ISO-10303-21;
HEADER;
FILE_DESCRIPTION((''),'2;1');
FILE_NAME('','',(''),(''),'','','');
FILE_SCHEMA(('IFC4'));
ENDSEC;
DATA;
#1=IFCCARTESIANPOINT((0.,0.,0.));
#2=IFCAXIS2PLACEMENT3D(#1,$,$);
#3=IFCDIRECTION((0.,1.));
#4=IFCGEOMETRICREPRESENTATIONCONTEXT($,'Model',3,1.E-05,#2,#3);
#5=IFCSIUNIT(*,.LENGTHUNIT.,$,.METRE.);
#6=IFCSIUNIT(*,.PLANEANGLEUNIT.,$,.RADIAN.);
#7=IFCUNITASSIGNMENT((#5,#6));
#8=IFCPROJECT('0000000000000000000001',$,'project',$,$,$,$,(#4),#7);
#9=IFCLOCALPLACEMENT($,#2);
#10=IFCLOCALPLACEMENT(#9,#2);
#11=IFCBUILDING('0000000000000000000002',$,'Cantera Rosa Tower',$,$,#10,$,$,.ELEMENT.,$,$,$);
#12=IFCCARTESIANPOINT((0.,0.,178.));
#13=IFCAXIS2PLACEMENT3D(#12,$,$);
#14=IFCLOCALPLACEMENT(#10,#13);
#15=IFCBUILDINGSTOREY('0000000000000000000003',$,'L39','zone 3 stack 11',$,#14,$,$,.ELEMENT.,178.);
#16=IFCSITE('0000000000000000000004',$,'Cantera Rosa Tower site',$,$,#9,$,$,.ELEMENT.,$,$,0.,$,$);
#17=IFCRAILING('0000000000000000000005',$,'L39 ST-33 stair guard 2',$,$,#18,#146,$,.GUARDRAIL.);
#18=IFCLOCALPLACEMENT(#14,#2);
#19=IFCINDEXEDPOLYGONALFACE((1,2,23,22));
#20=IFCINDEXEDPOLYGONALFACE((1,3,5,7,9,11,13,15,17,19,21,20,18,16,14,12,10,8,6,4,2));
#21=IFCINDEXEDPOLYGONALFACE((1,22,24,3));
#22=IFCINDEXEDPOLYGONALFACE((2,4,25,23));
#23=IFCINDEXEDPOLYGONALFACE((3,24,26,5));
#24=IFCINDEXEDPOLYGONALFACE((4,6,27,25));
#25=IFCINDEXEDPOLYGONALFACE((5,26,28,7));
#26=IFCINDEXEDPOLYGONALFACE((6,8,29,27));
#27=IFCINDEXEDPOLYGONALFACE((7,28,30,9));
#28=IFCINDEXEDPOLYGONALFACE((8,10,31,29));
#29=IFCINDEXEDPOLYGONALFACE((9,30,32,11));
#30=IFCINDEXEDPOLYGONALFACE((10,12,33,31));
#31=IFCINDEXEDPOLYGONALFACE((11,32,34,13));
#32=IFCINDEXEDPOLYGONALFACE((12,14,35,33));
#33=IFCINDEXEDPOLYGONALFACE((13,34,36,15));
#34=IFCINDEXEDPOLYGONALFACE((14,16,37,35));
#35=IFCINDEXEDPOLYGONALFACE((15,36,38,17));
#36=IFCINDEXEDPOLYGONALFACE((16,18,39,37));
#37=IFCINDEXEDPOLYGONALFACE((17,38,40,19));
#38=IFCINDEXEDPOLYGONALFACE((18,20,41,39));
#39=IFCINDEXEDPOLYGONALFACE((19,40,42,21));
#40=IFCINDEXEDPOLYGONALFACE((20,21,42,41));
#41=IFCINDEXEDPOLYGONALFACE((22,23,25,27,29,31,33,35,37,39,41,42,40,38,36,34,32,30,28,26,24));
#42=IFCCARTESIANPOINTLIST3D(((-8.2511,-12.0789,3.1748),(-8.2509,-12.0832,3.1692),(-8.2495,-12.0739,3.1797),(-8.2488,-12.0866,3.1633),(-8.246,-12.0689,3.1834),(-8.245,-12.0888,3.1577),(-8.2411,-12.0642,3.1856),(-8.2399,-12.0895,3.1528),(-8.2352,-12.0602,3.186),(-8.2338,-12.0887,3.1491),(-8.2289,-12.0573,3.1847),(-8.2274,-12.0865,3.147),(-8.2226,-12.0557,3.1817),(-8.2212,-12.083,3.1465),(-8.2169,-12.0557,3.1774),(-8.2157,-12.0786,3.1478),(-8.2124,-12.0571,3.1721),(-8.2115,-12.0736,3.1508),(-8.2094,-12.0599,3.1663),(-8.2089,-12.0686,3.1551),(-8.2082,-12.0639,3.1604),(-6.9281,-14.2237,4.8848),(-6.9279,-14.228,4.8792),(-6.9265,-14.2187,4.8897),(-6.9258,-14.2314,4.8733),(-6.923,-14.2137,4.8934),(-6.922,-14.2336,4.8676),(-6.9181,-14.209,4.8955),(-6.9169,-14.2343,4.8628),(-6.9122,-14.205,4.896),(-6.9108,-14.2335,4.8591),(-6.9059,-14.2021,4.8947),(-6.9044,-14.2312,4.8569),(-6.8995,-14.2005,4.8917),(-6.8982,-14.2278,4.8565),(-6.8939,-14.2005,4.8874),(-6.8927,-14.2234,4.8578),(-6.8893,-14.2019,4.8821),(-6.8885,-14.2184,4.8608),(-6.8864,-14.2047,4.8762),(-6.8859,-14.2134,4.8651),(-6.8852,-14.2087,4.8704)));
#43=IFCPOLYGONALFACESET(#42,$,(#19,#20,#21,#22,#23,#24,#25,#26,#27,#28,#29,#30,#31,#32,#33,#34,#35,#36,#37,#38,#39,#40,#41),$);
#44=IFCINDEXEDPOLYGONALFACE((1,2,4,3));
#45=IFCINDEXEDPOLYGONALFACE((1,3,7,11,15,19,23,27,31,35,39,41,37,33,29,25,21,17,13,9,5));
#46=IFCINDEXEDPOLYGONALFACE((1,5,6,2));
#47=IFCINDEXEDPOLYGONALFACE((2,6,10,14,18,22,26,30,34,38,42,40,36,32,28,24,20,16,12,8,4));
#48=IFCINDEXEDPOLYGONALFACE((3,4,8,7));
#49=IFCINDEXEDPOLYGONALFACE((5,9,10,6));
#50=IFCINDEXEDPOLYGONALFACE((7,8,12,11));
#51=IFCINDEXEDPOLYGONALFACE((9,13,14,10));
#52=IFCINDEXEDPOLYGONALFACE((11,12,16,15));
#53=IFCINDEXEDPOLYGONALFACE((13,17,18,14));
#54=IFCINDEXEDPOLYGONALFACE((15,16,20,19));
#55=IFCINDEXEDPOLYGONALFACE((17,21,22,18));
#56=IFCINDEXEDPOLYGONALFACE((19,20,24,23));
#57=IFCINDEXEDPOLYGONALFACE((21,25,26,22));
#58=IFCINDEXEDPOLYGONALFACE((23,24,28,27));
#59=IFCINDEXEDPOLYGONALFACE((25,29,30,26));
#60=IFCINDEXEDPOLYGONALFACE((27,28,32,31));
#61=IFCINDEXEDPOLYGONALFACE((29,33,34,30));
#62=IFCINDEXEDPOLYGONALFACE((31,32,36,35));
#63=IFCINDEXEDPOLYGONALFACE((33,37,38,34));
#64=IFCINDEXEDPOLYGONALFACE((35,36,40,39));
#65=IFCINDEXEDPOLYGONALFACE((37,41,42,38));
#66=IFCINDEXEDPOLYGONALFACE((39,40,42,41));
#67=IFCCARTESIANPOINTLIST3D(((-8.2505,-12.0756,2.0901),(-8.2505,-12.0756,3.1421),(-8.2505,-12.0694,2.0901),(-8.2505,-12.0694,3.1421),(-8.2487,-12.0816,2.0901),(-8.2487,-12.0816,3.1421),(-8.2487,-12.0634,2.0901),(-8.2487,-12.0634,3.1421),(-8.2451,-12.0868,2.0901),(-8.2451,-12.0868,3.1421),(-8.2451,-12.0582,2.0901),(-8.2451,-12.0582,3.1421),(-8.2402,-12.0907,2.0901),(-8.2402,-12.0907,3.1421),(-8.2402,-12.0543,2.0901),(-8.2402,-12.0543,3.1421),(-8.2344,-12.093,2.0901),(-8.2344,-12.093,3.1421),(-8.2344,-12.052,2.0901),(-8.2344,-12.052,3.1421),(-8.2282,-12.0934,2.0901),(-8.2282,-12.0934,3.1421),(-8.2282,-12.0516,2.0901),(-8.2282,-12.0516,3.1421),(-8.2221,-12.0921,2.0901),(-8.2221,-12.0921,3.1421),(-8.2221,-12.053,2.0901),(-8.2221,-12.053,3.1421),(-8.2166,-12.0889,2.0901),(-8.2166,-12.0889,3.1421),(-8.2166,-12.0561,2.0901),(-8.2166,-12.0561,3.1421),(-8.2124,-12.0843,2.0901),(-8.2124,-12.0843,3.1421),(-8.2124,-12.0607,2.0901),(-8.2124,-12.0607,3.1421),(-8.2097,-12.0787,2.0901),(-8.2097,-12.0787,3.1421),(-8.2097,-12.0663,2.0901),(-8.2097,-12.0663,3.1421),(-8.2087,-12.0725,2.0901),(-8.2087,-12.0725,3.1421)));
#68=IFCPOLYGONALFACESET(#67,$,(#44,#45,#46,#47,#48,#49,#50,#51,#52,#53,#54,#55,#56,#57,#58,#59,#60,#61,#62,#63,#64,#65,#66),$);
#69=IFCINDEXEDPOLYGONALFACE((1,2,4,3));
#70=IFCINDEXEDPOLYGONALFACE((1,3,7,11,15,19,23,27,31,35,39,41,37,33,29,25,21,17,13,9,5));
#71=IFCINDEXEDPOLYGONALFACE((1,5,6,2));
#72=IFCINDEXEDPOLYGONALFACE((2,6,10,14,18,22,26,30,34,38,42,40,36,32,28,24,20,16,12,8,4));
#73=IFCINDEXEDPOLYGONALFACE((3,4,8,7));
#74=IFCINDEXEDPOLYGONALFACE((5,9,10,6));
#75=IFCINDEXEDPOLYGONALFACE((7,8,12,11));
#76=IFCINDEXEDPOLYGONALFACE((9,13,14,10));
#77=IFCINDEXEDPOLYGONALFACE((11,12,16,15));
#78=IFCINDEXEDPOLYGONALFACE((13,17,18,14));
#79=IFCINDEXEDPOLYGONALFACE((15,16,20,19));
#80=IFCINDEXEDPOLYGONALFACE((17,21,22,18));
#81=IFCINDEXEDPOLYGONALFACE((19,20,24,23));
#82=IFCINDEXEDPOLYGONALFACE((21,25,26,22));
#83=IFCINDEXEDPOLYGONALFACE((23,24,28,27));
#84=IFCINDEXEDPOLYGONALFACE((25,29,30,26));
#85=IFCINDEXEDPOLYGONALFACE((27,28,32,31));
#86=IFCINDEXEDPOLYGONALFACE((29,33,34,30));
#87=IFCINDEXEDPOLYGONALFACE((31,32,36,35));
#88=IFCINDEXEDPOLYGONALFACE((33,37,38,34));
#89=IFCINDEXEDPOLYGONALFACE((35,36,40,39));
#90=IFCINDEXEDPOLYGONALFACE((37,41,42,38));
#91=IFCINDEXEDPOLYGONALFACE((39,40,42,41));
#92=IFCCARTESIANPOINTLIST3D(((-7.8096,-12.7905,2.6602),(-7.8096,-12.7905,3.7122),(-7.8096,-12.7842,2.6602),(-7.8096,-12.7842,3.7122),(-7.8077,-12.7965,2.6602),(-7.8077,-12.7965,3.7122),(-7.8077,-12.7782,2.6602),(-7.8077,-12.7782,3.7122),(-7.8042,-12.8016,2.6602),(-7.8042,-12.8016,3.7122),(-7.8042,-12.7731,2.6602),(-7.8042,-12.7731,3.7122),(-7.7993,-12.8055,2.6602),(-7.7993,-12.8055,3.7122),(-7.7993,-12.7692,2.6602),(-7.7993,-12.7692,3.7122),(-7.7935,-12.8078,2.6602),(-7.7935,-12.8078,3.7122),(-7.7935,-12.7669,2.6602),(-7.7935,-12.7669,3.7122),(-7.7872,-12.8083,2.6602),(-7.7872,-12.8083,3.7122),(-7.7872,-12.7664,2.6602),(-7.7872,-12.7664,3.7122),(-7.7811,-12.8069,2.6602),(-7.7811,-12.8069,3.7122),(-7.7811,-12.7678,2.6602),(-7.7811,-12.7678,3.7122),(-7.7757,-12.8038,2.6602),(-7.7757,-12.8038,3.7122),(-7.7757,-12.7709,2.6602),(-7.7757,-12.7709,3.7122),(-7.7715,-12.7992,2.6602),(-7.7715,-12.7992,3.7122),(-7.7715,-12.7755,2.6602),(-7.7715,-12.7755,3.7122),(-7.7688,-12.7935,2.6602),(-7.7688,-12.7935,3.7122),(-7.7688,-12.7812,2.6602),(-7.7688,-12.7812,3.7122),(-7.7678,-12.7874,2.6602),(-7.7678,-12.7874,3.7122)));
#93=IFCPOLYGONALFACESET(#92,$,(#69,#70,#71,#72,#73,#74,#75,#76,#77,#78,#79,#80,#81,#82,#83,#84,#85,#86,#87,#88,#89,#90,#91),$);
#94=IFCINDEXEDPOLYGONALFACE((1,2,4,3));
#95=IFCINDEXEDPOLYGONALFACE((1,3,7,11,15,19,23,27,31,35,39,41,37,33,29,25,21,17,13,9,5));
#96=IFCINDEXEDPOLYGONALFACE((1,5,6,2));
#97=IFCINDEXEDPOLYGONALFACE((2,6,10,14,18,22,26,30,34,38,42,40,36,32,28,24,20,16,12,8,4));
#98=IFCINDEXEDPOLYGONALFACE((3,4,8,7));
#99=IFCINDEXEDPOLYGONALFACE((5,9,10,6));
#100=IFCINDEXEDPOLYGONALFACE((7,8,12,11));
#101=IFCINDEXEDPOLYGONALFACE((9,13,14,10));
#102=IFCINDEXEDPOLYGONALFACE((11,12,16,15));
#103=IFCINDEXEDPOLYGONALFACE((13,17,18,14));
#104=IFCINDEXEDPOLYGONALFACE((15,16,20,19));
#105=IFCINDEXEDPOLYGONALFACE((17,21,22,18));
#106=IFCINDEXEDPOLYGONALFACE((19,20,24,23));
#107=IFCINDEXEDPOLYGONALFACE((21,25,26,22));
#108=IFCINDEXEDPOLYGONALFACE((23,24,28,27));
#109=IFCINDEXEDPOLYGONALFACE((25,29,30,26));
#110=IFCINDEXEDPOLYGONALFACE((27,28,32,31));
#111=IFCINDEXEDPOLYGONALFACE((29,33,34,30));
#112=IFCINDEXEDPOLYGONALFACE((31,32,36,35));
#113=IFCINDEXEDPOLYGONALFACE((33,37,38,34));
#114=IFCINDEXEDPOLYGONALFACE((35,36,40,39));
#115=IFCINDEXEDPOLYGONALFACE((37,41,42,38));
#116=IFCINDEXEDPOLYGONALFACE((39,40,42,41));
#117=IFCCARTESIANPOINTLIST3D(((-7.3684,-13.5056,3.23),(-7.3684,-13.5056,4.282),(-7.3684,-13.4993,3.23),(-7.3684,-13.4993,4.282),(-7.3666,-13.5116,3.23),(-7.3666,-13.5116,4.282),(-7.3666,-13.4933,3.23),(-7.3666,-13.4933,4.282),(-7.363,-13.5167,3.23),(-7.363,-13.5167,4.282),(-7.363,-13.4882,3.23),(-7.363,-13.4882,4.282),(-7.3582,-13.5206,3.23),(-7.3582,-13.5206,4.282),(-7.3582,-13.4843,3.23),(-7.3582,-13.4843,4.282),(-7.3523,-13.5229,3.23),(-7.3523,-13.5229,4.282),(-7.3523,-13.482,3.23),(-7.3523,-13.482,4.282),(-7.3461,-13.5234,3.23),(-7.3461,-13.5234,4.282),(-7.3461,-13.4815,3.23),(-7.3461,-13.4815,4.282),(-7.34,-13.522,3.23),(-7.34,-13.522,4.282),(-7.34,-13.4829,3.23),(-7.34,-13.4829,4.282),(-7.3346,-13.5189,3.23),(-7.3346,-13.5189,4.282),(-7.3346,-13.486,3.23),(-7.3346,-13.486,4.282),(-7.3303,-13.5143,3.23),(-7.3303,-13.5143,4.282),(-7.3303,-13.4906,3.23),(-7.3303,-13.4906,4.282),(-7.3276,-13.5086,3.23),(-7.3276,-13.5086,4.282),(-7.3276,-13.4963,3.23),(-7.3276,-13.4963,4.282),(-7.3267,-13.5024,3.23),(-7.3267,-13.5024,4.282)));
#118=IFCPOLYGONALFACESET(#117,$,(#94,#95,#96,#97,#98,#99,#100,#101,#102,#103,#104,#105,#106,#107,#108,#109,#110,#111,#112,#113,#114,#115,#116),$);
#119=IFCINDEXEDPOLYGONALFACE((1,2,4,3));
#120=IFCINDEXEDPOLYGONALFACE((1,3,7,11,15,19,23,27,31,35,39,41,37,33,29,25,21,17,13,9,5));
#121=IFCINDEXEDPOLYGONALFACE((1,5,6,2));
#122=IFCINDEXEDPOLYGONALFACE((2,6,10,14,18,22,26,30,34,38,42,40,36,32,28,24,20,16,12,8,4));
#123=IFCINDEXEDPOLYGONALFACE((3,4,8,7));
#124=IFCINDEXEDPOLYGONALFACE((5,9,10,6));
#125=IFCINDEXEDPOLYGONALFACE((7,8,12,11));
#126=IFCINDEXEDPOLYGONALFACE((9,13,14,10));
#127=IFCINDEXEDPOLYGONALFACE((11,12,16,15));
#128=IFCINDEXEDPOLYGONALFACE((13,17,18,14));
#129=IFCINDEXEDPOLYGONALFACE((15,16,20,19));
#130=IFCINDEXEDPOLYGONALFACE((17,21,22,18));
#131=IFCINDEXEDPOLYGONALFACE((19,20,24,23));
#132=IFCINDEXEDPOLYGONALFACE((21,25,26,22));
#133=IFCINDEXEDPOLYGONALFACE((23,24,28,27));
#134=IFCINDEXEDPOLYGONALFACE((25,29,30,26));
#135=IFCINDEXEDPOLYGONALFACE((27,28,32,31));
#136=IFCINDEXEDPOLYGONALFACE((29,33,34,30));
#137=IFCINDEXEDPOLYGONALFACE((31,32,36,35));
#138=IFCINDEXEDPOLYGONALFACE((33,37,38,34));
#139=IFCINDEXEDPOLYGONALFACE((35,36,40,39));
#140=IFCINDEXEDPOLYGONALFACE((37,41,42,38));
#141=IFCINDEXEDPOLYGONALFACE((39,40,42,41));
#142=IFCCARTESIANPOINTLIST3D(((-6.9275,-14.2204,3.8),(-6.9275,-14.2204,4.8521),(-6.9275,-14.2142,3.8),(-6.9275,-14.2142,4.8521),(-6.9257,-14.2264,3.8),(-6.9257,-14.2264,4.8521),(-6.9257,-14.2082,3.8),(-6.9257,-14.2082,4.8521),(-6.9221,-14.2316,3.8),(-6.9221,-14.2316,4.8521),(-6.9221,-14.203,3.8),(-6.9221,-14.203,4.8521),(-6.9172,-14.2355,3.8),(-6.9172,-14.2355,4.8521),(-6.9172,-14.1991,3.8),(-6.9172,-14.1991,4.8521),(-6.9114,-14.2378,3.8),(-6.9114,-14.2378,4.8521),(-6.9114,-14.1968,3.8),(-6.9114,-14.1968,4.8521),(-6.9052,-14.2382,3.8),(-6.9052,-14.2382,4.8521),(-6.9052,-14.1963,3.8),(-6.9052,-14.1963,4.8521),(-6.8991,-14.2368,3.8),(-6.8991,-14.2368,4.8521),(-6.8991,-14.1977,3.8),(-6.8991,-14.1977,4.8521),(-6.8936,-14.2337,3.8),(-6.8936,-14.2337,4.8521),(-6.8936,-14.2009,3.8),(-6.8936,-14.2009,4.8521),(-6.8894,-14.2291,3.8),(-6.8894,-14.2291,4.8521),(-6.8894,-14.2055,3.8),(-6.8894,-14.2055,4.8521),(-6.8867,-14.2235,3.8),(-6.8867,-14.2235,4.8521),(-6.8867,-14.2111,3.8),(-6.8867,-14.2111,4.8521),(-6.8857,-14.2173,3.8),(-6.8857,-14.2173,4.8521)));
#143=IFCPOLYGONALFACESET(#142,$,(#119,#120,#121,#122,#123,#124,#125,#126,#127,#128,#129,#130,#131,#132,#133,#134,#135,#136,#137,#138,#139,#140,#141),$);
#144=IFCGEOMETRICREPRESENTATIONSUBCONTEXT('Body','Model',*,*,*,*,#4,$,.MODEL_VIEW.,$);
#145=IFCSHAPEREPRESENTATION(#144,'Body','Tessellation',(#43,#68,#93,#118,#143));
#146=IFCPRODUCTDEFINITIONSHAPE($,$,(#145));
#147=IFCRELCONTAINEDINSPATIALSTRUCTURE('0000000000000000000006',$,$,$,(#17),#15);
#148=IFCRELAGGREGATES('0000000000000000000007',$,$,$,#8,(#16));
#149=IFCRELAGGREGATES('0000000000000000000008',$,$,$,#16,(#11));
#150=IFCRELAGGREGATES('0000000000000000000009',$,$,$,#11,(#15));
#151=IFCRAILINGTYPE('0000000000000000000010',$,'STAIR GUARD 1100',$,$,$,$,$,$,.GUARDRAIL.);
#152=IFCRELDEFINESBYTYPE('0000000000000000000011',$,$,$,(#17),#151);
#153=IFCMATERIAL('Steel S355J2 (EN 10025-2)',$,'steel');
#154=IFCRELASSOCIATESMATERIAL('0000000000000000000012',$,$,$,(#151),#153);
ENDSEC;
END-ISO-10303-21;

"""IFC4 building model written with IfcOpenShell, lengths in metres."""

from ifc_helpers import new_model, si_unit, direction, frame, origin, origin_2d, place, context, subcontext, project, spatial, circle, extrude, material, type_object, element, save


model = new_model("IFC4")

# Units and contexts
model_context = context("Model", 3, precision=1e-05, world=origin(), true_north=direction((0.0, 1.0)))
body_context = subcontext(model_context, "Body", "Model", "MODEL_VIEW")
ifc_project = project(units=[si_unit("LENGTHUNIT", "METRE"), si_unit("PLANEANGLEUNIT", "RADIAN")], contexts=[model_context])

# Site, building, storey
site_placement = place(None, origin())
site = spatial("IfcSite", under=ifc_project, at=site_placement, Name="Cantera Rosa Tower site", CompositionType="ELEMENT", RefElevation=0.0)
building_placement = place(site_placement, origin())
building = spatial("IfcBuilding", under=site, at=building_placement, Name="Cantera Rosa Tower", CompositionType="ELEMENT")
storey_placement = place(building_placement, frame((0.0, 0.0, 178.0)))
storey = spatial("IfcBuildingStorey", under=building, at=storey_placement, Name="L39", Description="zone 3 stack 11", CompositionType="ELEMENT", Elevation=178.0)

# Railing
ifc_material_1 = material(Name="Steel S355J2 (EN 10025-2)", Category="steel")
railing_type_1 = type_object("IfcRailingType", Name="STAIR GUARD 1100", PredefinedType="GUARDRAIL", material=ifc_material_1)
railing_1_placement = place(storey_placement, frame((-8.2297, -12.0725, 2.0901)))
element("IfcRailing", 1, at=railing_1_placement, inside=storey, type_object=railing_type_1, Name="L39 ST-33 stair guard 2", PredefinedType="GUARDRAIL", context=body_context, shape_type="SweptSolid", body=[
    extrude(circle(Radius=0.0239, at=origin_2d()), frame((0.0, 0.0, 1.0762), z_axis=(0.434428, -0.704271, 0.561493), x_axis=(0.851102, 0.525, 0.0)), (0.0, 0.0, 1.0), 3.0454),
    extrude(circle(Radius=0.021, at=origin_2d()), origin(), (0.0, 0.0, 1.0), 1.052),
    extrude(circle(Radius=0.021, at=origin_2d()), frame((0.4409, -0.7148, 0.5701)), (0.0, 0.0, 1.0), 1.052),
    extrude(circle(Radius=0.021, at=origin_2d()), frame((0.8821, -1.4299, 1.1399)), (0.0, 0.0, 1.0), 1.052),
    extrude(circle(Radius=0.021, at=origin_2d()), frame((1.323, -2.1448, 1.71)), (0.0, 0.0, 1.0), 1.052),
])

save(model, "model.ifc")
